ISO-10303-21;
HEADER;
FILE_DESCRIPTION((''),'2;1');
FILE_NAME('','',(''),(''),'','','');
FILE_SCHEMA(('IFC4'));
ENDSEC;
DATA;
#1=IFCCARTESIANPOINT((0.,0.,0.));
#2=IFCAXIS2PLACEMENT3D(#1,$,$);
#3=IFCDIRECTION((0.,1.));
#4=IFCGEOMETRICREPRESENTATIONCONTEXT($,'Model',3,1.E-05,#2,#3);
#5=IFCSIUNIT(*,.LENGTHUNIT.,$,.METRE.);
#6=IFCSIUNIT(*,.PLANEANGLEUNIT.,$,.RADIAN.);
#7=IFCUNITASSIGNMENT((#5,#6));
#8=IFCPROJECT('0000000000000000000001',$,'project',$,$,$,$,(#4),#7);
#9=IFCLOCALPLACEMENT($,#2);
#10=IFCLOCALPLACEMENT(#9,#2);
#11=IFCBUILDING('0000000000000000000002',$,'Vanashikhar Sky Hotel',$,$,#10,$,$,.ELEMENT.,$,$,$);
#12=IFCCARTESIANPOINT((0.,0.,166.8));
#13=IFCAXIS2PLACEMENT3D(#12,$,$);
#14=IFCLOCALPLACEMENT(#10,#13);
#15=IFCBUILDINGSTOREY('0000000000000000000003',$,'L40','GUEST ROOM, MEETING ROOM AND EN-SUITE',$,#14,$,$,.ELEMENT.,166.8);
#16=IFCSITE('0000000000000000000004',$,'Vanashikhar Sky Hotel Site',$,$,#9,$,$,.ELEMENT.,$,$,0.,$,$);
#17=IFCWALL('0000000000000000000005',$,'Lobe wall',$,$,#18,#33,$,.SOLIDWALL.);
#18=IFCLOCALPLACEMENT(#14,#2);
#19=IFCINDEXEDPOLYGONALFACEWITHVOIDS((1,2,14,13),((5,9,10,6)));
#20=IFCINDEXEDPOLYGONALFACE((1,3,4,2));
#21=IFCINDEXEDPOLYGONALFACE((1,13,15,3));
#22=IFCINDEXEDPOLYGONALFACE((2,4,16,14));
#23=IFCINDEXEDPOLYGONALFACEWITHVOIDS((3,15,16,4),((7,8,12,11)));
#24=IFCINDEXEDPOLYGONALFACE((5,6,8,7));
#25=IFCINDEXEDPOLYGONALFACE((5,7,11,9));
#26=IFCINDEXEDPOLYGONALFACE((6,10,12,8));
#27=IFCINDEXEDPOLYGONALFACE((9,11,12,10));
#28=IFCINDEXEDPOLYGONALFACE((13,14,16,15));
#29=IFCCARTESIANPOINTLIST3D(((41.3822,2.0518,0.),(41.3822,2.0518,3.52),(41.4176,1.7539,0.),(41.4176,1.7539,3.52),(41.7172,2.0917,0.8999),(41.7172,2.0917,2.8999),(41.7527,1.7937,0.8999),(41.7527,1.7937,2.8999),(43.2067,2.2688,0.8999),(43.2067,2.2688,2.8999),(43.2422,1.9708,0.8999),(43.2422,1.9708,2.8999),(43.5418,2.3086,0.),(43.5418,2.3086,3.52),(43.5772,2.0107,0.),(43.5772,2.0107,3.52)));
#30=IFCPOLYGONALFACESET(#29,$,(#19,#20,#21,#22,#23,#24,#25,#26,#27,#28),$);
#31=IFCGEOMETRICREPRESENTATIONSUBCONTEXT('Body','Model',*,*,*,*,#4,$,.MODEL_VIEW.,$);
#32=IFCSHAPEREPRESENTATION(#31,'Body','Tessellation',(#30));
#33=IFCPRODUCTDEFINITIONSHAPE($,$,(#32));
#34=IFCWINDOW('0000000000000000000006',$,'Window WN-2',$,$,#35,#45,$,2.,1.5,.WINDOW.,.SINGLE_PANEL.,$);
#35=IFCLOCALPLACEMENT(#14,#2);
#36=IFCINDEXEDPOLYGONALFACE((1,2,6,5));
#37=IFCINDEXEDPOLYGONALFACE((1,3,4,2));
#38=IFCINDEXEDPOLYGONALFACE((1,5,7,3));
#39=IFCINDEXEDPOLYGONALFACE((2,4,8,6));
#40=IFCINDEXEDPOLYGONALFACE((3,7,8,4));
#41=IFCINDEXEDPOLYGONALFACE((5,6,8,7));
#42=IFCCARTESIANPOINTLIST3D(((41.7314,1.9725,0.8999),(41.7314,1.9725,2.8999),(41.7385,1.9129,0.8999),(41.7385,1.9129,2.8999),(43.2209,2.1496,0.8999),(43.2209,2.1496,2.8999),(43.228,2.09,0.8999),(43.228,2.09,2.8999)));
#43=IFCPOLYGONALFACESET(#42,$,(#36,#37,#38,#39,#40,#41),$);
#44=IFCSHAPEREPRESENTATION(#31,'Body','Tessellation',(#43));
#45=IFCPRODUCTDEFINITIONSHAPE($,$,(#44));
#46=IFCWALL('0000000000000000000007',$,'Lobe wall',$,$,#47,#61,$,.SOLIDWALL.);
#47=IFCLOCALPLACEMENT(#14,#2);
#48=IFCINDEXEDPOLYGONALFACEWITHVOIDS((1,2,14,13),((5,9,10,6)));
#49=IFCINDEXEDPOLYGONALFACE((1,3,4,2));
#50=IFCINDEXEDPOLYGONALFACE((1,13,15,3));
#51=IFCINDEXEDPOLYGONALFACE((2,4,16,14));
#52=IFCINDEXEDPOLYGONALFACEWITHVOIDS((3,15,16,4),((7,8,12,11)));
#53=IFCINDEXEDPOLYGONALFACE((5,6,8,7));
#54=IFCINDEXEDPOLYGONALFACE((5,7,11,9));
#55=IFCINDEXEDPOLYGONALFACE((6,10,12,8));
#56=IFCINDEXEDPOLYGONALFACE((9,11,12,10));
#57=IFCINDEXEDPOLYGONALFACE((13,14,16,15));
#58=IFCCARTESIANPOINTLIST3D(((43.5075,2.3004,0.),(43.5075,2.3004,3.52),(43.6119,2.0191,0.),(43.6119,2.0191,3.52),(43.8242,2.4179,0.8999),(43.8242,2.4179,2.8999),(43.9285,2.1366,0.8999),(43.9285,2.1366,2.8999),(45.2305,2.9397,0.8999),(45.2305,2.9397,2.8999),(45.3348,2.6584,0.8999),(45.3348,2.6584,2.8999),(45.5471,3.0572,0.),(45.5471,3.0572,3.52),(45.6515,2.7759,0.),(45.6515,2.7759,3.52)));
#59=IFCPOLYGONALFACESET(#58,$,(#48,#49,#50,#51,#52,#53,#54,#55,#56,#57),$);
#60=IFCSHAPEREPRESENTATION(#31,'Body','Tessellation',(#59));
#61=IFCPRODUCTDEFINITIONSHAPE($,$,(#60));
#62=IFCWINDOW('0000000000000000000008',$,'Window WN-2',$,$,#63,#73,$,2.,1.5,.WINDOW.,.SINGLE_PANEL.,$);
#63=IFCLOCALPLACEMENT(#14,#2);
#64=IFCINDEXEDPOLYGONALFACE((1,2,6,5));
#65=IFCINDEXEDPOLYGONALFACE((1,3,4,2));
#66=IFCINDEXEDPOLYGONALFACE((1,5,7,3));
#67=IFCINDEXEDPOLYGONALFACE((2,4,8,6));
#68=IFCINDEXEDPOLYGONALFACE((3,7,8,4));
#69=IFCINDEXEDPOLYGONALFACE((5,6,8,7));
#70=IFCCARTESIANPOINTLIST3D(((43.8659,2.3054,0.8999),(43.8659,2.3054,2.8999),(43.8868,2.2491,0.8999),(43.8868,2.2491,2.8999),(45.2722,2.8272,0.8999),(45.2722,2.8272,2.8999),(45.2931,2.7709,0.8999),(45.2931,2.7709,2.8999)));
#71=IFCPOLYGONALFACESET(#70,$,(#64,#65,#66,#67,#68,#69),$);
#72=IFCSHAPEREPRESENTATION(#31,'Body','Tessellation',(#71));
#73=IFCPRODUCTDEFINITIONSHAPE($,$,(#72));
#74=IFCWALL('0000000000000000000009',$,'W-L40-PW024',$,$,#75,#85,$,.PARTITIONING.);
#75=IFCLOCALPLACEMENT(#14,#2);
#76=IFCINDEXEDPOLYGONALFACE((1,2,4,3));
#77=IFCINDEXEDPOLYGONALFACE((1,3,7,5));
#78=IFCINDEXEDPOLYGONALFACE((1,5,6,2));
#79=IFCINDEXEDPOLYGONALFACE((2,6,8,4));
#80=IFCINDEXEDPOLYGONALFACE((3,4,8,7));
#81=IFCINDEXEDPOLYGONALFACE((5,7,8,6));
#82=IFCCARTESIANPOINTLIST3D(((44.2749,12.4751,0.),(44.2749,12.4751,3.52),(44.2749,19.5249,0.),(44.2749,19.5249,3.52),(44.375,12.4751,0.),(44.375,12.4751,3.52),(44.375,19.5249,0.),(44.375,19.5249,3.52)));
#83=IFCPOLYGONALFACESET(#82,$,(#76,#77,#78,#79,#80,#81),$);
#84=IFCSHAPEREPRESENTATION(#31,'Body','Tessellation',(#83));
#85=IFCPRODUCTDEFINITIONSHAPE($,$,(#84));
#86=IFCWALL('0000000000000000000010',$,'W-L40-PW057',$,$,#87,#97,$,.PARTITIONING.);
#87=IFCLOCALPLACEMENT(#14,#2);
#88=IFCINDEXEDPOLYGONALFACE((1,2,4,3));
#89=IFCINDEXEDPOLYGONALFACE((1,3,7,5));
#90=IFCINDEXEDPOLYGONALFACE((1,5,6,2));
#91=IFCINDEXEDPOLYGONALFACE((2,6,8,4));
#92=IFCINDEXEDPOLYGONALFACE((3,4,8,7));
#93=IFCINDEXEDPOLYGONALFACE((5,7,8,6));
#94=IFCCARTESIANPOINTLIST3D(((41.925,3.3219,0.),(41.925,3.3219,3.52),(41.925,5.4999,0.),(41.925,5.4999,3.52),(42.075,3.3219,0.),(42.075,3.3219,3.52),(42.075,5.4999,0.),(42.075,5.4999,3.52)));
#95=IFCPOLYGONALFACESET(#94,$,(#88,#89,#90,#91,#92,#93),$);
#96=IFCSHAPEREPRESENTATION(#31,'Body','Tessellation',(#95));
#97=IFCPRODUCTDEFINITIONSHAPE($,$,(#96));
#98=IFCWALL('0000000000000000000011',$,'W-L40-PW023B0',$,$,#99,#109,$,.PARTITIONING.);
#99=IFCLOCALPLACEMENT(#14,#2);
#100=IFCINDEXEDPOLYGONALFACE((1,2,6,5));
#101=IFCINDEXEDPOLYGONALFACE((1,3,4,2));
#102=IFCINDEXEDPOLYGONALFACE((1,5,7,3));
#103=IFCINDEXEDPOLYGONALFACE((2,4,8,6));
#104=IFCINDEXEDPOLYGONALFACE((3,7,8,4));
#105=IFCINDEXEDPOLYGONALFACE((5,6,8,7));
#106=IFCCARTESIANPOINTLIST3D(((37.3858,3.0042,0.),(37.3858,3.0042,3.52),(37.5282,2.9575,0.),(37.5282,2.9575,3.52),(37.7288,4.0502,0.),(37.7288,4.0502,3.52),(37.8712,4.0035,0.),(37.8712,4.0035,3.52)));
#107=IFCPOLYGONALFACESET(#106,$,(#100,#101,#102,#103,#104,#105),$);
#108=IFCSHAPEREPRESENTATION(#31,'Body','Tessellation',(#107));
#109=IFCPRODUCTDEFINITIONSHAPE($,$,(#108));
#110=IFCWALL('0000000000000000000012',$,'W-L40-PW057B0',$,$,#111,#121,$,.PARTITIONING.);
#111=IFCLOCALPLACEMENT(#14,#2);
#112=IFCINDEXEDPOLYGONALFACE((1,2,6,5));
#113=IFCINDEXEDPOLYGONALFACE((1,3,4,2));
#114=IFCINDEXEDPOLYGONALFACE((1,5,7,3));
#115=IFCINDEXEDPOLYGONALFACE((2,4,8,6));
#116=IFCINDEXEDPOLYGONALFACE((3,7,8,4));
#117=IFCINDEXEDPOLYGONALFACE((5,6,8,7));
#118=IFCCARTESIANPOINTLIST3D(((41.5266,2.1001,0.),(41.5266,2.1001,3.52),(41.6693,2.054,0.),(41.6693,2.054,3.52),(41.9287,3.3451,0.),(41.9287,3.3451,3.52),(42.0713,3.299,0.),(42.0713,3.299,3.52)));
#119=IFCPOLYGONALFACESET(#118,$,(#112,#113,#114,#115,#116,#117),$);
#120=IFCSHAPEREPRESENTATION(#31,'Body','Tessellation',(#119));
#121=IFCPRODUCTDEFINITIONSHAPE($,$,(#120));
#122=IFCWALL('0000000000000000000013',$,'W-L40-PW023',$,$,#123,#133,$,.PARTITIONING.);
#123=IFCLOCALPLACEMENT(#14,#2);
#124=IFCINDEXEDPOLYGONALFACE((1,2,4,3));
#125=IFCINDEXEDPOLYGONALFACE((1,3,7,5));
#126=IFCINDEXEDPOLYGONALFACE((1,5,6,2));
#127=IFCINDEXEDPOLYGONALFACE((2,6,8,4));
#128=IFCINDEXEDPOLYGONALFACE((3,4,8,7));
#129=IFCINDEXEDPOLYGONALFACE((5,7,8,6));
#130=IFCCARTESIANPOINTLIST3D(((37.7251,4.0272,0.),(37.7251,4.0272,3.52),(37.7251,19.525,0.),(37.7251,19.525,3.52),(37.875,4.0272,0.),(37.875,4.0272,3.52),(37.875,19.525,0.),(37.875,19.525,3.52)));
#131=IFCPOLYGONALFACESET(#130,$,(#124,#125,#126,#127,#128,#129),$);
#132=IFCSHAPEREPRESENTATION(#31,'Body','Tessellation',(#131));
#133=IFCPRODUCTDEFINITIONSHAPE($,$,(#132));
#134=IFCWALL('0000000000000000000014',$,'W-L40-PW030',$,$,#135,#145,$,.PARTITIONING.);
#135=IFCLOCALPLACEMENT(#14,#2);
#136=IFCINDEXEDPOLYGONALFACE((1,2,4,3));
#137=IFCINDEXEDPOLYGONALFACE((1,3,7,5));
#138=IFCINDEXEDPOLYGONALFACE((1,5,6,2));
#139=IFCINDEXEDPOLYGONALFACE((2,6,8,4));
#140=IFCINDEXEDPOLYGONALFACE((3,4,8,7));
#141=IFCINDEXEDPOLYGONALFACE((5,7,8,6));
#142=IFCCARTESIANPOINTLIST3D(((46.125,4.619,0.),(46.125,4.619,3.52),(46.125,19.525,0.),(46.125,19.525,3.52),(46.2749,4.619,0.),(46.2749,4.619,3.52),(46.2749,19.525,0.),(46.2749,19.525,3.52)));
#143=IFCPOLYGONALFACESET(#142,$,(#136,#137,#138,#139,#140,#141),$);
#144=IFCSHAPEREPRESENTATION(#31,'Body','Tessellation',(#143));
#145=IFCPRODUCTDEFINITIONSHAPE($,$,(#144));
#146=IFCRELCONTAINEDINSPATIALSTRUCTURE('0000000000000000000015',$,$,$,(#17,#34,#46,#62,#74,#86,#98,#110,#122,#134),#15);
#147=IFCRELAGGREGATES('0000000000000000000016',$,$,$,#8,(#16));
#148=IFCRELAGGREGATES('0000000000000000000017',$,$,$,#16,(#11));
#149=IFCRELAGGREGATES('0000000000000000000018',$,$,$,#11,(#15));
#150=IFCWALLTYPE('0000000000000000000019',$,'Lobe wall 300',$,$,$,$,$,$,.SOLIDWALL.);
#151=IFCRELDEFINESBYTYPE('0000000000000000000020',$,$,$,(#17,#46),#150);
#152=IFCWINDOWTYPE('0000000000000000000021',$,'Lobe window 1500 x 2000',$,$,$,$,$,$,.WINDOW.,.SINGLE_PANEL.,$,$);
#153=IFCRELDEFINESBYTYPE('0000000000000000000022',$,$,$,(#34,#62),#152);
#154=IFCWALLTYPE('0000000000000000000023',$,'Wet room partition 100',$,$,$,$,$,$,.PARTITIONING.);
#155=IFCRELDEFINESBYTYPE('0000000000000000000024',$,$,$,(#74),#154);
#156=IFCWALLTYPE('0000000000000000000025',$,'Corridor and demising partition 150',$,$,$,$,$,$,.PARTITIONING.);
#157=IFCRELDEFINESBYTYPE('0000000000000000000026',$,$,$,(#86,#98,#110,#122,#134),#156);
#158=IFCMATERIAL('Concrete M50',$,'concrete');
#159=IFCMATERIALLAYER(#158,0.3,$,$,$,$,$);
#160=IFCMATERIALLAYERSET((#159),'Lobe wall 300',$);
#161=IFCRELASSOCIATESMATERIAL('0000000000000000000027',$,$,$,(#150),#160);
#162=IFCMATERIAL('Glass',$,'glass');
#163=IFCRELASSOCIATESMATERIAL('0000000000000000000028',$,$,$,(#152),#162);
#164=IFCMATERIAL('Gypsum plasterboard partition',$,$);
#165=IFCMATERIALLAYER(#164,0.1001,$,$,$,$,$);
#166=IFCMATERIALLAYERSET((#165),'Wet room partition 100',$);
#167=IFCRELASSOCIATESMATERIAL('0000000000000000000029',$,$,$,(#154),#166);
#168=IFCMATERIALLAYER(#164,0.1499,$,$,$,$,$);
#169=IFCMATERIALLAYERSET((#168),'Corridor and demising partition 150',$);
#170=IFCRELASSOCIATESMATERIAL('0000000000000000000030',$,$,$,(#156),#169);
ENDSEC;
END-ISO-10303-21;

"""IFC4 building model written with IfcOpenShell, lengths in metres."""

from ifc_helpers import new_model, si_unit, direction, frame, frame_2d, origin, place, context, subcontext, project, spatial, rectangle, extrude, source, transform, mapped, material, layer, layer_set, type_object, element, fill, save


model = new_model("IFC4")

# Units and contexts
model_context = context("Model", 3, precision=1e-05, world=origin(), true_north=direction((0.0, 1.0)))
body_context = subcontext(model_context, "Body", "Model", "MODEL_VIEW")
ifc_project = project(units=[si_unit("LENGTHUNIT", "METRE"), si_unit("PLANEANGLEUNIT", "RADIAN")], contexts=[model_context])

# Site, building, storey
site_placement = place(None, origin())
site = spatial("IfcSite", under=ifc_project, at=site_placement, Name="Vanashikhar Sky Hotel Site", CompositionType="ELEMENT", RefElevation=0.0)
building_placement = place(site_placement, origin())
building = spatial("IfcBuilding", under=site, at=building_placement, Name="Vanashikhar Sky Hotel", CompositionType="ELEMENT")
storey_placement = place(building_placement, frame((0.0, 0.0, 166.8)))
storey = spatial("IfcBuildingStorey", under=building, at=storey_placement, Name="L40", Description="GUEST ROOM, MEETING ROOM AND EN-SUITE", CompositionType="ELEMENT", Elevation=166.8)

# Shared definitions
ifc_material_1 = material(Name="Concrete M50", Category="concrete")

# Walls, openings, windows
ifc_layer_1 = layer(ifc_material_1, 0.3)
ifc_layer_set_1 = layer_set([ifc_layer_1], Name="Lobe wall 300")
wall_type_1 = type_object("IfcWallType", Name="Lobe wall 300", PredefinedType="SOLIDWALL", material=ifc_layer_set_1)
shared_shape_1 = source(origin(), body_context, "Body", "SweptSolid", [
    extrude(rectangle(XDim=1.5, YDim=2.0, at=frame_2d((0.75, 1.0))), frame((0.0, 0.1602, 0.0), z_axis=(0.0, -1.0, 0.0), x_axis=(1.0, 0.0, 0.0)), (0.0, 0.0, 1.0), 0.3201),
])
ifc_material_2 = material(Name="Glass", Category="glass")
window_type = type_object("IfcWindowType", Name="Lobe window 1500 x 2000", PartitioningType="SINGLE_PANEL", PredefinedType="WINDOW", material=ifc_material_2)
shared_shape_2 = source(origin(), body_context, "Body", "SweptSolid", [
    extrude(rectangle(XDim=1.5, YDim=2.0, at=frame_2d((0.75, 1.0))), frame((0.0, 0.03, 0.0), z_axis=(0.0, -1.0, 0.0), x_axis=(1.0, 0.0, 0.0)), (0.0, 0.0, 1.0), 0.0601),
])
shared_shape_3 = source(origin(), body_context, "Body", "SweptSolid", [
    extrude(rectangle(XDim=2.1748, YDim=0.3, at=frame_2d((1.0874, 0.0))), origin(), (0.0, 0.0, 1.0), 3.52),
])
wall_1_placement = place(storey_placement, frame((41.3999, 1.9028, 0.0), z_axis=(0.0, 0.0, 1.0), x_axis=(0.993003, 0.118092, 0.0)))
wall_1 = element("IfcWall", 1, at=wall_1_placement, inside=storey, type_object=wall_type_1, Name="Lobe wall", PredefinedType="SOLIDWALL", context=body_context, shape_type="MappedRepresentation", body=[
    mapped(shared_shape_3, transform((0.0, 0.0, 0.0), scale=1.0)),
])
opening_1_placement = place(wall_1_placement, frame((0.3374, 0.0, 0.8999)))
opening_1 = element("IfcOpeningElement", 2, at=opening_1_placement, cuts=wall_1, PredefinedType="OPENING", context=body_context, shape_type="MappedRepresentation", body=[
    mapped(shared_shape_1, transform((0.0, 0.0, 0.0), scale=1.0)),
])
window_1_placement = place(opening_1_placement, origin())
window_1 = element("IfcWindow", 3, at=window_1_placement, inside=storey, type_object=window_type, Name="Window WN-2", OverallHeight=2.0, OverallWidth=1.5, PartitioningType="SINGLE_PANEL", PredefinedType="WINDOW", context=body_context, shape_type="MappedRepresentation", body=[
    mapped(shared_shape_2, transform((0.0, 0.0, 0.0), scale=1.0)),
])
fill(opening_1, window_1)
shared_shape_4 = source(origin(), body_context, "Body", "SweptSolid", [
    extrude(rectangle(XDim=2.1755, YDim=0.3, at=frame_2d((1.0879, 0.0))), origin(), (0.0, 0.0, 1.0), 3.52),
])
wall_2_placement = place(storey_placement, frame((43.5596, 2.1597, 0.0), z_axis=(0.0, 0.0, 1.0), x_axis=(0.937532, 0.347899, 0.0)))
wall_2 = element("IfcWall", 4, at=wall_2_placement, inside=storey, type_object=wall_type_1, Name="Lobe wall", PredefinedType="SOLIDWALL", context=body_context, shape_type="MappedRepresentation", body=[
    mapped(shared_shape_4, transform((0.0, 0.0, 0.0), scale=1.0)),
])
opening_2_placement = place(wall_2_placement, frame((0.3379, 0.0, 0.8999)))
opening_2 = element("IfcOpeningElement", 5, at=opening_2_placement, cuts=wall_2, PredefinedType="OPENING", context=body_context, shape_type="MappedRepresentation", body=[
    mapped(shared_shape_1, transform((0.0, 0.0, 0.0), scale=1.0)),
])
window_2_placement = place(opening_2_placement, origin())
window_2 = element("IfcWindow", 6, at=window_2_placement, inside=storey, type_object=window_type, Name="Window WN-2", OverallHeight=2.0, OverallWidth=1.5, PartitioningType="SINGLE_PANEL", PredefinedType="WINDOW", context=body_context, shape_type="MappedRepresentation", body=[
    mapped(shared_shape_2, transform((0.0, 0.0, 0.0), scale=1.0)),
])
fill(opening_2, window_2)

# Walls
ifc_material_3 = material(Name="Gypsum plasterboard partition")
ifc_layer_2 = layer(ifc_material_3, 0.1001)
ifc_layer_set_2 = layer_set([ifc_layer_2], Name="Wet room partition 100")
wall_type_2 = type_object("IfcWallType", Name="Wet room partition 100", PredefinedType="PARTITIONING", material=ifc_layer_set_2)
shared_shape_5 = source(origin(), body_context, "Body", "SweptSolid", [
    extrude(rectangle(XDim=7.0498, YDim=0.1001, at=frame_2d((3.5249, 0.0))), origin(), (0.0, 0.0, 1.0), 3.52),
])
wall_3_placement = place(storey_placement, frame((44.325, 12.4751, 0.0), z_axis=(0.0, 0.0, 1.0), x_axis=(0.0, 1.0, 0.0)))
element("IfcWall", 7, at=wall_3_placement, inside=storey, type_object=wall_type_2, Name="W-L40-PW024", PredefinedType="PARTITIONING", context=body_context, shape_type="MappedRepresentation", body=[
    mapped(shared_shape_5, transform((0.0, 0.0, 0.0), scale=1.0)),
])
ifc_layer_3 = layer(ifc_material_3, 0.1499)
ifc_layer_set_3 = layer_set([ifc_layer_3], Name="Corridor and demising partition 150")
wall_type_3 = type_object("IfcWallType", Name="Corridor and demising partition 150", PredefinedType="PARTITIONING", material=ifc_layer_set_3)
shared_shape_6 = source(origin(), body_context, "Body", "SweptSolid", [
    extrude(rectangle(XDim=2.178, YDim=0.1499, at=frame_2d((1.0889, 0.0))), origin(), (0.0, 0.0, 1.0), 3.52),
])
wall_4_placement = place(storey_placement, frame((42.0, 3.322, 0.0), z_axis=(0.0, 0.0, 1.0), x_axis=(0.0, 1.0, 0.0)))
element("IfcWall", 8, at=wall_4_placement, inside=storey, type_object=wall_type_3, Name="W-L40-PW057", PredefinedType="PARTITIONING", context=body_context, shape_type="MappedRepresentation", body=[
    mapped(shared_shape_6, transform((0.0, 0.0, 0.0), scale=1.0)),
])
shared_shape_7 = source(origin(), body_context, "Body", "SweptSolid", [
    extrude(rectangle(XDim=1.1008, YDim=0.1499, at=frame_2d((0.5503, 0.0))), origin(), (0.0, 0.0, 1.0), 3.52),
])
wall_5_placement = place(storey_placement, frame((37.457, 2.981, 0.0), z_axis=(0.0, 0.0, 1.0), x_axis=(0.311567, 0.950224, 0.0)))
element("IfcWall", 9, at=wall_5_placement, inside=storey, type_object=wall_type_3, Name="W-L40-PW023B0", PredefinedType="PARTITIONING", context=body_context, shape_type="MappedRepresentation", body=[
    mapped(shared_shape_7, transform((0.0, 0.0, 0.0), scale=1.0)),
])
shared_shape_8 = source(origin(), body_context, "Body", "SweptSolid", [
    extrude(rectangle(XDim=1.3083, YDim=0.1499, at=frame_2d((0.6543, 0.0))), origin(), (0.0, 0.0, 1.0), 3.52),
])
wall_6_placement = place(storey_placement, frame((41.5979, 2.0769, 0.0), z_axis=(0.0, 0.0, 1.0), x_axis=(0.307314, 0.951608, 0.0)))
element("IfcWall", 10, at=wall_6_placement, inside=storey, type_object=wall_type_3, Name="W-L40-PW057B0", PredefinedType="PARTITIONING", context=body_context, shape_type="MappedRepresentation", body=[
    mapped(shared_shape_8, transform((0.0, 0.0, 0.0), scale=1.0)),
])
shared_shape_9 = source(origin(), body_context, "Body", "SweptSolid", [
    extrude(rectangle(XDim=15.4978, YDim=0.1499, at=frame_2d((7.749, 0.0))), origin(), (0.0, 0.0, 1.0), 3.52),
])
wall_7_placement = place(storey_placement, frame((37.8, 4.0271, 0.0), z_axis=(0.0, 0.0, 1.0), x_axis=(0.0, 1.0, 0.0)))
element("IfcWall", 11, at=wall_7_placement, inside=storey, type_object=wall_type_3, Name="W-L40-PW023", PredefinedType="PARTITIONING", context=body_context, shape_type="MappedRepresentation", body=[
    mapped(shared_shape_9, transform((0.0, 0.0, 0.0), scale=1.0)),
])
shared_shape_10 = source(origin(), body_context, "Body", "SweptSolid", [
    extrude(rectangle(XDim=14.906, YDim=0.1499, at=frame_2d((7.4531, 0.0))), origin(), (0.0, 0.0, 1.0), 3.52),
])
wall_8_placement = place(storey_placement, frame((46.2, 4.6189, 0.0), z_axis=(0.0, 0.0, 1.0), x_axis=(0.0, 1.0, 0.0)))
element("IfcWall", 12, at=wall_8_placement, inside=storey, type_object=wall_type_3, Name="W-L40-PW030", PredefinedType="PARTITIONING", context=body_context, shape_type="MappedRepresentation", body=[
    mapped(shared_shape_10, transform((0.0, 0.0, 0.0), scale=1.0)),
])

save(model, "model.ifc")
